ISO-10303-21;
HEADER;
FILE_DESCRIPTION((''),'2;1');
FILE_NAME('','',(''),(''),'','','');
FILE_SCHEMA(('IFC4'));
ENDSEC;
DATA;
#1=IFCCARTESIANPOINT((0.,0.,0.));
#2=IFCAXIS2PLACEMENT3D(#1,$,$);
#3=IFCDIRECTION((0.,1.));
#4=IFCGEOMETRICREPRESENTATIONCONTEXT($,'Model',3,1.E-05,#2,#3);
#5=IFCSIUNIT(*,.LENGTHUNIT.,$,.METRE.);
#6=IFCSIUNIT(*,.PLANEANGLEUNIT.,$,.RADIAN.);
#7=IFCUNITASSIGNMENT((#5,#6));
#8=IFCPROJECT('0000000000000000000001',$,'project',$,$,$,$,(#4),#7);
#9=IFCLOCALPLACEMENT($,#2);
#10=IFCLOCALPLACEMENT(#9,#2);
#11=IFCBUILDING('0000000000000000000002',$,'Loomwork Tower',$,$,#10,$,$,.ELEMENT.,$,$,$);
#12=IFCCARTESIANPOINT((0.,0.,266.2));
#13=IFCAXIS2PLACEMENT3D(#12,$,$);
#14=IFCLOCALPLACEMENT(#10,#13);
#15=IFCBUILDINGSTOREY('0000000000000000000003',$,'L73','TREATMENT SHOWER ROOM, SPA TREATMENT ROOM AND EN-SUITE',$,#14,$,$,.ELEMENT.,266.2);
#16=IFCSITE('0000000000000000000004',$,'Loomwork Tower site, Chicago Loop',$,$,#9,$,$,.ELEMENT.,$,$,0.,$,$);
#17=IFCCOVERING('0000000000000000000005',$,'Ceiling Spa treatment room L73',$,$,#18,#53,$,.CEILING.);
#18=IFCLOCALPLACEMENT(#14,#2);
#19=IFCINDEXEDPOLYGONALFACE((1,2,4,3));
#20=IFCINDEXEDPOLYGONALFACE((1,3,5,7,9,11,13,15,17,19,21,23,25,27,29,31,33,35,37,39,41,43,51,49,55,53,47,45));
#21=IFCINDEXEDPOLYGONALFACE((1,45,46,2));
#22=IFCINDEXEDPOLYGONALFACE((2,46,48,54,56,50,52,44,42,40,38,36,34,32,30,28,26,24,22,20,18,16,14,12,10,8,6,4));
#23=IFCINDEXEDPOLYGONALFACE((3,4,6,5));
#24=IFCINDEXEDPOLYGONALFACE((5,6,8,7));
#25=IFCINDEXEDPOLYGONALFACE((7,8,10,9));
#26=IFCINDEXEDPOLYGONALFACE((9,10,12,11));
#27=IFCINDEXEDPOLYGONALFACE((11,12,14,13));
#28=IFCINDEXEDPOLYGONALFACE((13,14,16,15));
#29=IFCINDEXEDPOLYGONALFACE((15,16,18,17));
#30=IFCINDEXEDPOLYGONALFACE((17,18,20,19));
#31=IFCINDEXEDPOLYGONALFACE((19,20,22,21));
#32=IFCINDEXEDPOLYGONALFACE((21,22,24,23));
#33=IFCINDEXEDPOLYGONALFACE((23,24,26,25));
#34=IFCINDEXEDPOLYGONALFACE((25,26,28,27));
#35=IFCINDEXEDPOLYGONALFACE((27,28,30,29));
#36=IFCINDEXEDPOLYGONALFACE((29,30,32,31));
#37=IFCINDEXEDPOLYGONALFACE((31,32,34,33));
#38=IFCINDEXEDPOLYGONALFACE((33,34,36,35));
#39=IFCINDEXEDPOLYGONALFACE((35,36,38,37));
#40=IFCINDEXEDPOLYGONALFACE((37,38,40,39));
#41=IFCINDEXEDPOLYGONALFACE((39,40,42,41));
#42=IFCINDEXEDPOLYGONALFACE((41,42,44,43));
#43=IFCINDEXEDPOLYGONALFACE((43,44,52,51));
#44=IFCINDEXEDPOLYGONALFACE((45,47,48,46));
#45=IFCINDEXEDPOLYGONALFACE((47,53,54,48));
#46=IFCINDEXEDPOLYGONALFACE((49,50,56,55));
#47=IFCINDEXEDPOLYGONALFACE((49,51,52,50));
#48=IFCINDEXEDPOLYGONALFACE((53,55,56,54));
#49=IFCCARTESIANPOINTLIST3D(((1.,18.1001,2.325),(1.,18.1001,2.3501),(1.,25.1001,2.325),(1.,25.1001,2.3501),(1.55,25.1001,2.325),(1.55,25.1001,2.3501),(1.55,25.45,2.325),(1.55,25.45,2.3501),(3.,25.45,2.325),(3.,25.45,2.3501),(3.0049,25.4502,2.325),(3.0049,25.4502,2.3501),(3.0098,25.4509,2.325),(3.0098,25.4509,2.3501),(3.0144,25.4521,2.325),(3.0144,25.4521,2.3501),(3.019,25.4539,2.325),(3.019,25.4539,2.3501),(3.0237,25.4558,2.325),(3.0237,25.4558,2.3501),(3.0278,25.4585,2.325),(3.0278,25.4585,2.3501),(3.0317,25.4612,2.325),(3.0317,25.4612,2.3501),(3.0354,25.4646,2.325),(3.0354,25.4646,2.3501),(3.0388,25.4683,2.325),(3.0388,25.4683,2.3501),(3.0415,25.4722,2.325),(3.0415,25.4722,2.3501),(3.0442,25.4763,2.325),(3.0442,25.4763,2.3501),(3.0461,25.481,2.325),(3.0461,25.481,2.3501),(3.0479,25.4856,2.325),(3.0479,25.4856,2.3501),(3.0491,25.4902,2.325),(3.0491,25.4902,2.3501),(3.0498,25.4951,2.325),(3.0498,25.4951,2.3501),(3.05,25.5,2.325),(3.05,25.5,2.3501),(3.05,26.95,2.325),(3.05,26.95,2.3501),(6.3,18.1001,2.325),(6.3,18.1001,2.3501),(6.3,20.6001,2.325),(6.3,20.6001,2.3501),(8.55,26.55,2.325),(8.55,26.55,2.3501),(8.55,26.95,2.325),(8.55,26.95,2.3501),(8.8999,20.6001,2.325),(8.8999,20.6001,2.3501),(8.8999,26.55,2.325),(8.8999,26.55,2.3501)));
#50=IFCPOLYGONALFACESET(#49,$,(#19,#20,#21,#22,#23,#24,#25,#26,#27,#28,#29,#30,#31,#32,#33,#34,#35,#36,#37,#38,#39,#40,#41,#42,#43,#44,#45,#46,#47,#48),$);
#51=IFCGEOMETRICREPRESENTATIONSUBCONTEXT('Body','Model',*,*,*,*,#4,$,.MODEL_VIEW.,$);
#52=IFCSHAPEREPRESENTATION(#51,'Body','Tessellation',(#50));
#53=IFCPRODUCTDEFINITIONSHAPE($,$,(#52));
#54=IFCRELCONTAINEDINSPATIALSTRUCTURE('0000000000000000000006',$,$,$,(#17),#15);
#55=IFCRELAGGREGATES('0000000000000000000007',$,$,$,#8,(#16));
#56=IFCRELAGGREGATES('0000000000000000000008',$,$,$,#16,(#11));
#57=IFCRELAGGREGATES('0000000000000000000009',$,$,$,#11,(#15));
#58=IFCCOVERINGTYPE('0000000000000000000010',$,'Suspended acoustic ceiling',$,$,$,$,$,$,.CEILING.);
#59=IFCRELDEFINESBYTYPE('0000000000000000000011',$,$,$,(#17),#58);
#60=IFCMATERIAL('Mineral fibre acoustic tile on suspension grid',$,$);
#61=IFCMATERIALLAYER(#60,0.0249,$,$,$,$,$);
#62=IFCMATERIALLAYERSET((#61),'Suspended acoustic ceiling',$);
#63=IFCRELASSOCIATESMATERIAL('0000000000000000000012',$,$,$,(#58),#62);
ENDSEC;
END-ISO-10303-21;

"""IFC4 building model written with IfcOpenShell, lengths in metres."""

from ifc_helpers import new_model, si_unit, direction, frame, origin, place, context, subcontext, project, spatial, polyline, outline, extrude, material, layer, layer_set, type_object, element, save


model = new_model("IFC4")

# Units and contexts
model_context = context("Model", 3, precision=1e-05, world=origin(), true_north=direction((0.0, 1.0)))
body_context = subcontext(model_context, "Body", "Model", "MODEL_VIEW")
ifc_project = project(units=[si_unit("LENGTHUNIT", "METRE"), si_unit("PLANEANGLEUNIT", "RADIAN")], contexts=[model_context])

# Site, building, storey
site_placement = place(None, origin())
site = spatial("IfcSite", under=ifc_project, at=site_placement, Name="Loomwork Tower site, Chicago Loop", CompositionType="ELEMENT", RefElevation=0.0)
building_placement = place(site_placement, origin())
building = spatial("IfcBuilding", under=site, at=building_placement, Name="Loomwork Tower", CompositionType="ELEMENT")
storey_placement = place(building_placement, frame((0.0, 0.0, 266.2)))
storey = spatial("IfcBuildingStorey", under=building, at=storey_placement, Name="L73", Description="TREATMENT SHOWER ROOM, SPA TREATMENT ROOM AND EN-SUITE", CompositionType="ELEMENT", Elevation=266.2)

# Covering
ifc_material_1 = material(Name="Mineral fibre acoustic tile on suspension grid")
ifc_layer_1 = layer(ifc_material_1, 0.0249)
ifc_layer_set_1 = layer_set([ifc_layer_1], Name="Suspended acoustic ceiling")
covering_type_1 = type_object("IfcCoveringType", Name="Suspended acoustic ceiling", PredefinedType="CEILING", material=ifc_layer_set_1)
covering_1_placement = place(storey_placement, frame((0.0, 0.0, 2.325)))
element("IfcCovering", 1, at=covering_1_placement, inside=storey, type_object=covering_type_1, Name="Ceiling Spa treatment room L73", PredefinedType="CEILING", context=body_context, shape_type="SweptSolid", body=[
    extrude(outline(polyline([(1.55, 25.1001), (1.55, 25.45), (3.0, 25.45), (3.0049, 25.4502), (3.0098, 25.4509), (3.0144, 25.4521), (3.019, 25.4539), (3.0237, 25.4558), (3.0278, 25.4585), (3.0317, 25.4612), (3.0354, 25.4646), (3.0388, 25.4683), (3.0415, 25.4722), (3.0442, 25.4763), (3.0461, 25.481), (3.0479, 25.4856), (3.0491, 25.4902), (3.0498, 25.4951), (3.05, 25.5), (3.05, 26.95), (8.55, 26.95), (8.55, 26.55), (8.8999, 26.55), (8.8999, 20.6001), (6.3, 20.6001), (6.3, 18.1001), (1.0, 18.1001), (1.0, 25.1001), (1.55, 25.1001)])), origin(), (0.0, 0.0, 1.0), 0.0251),
])

save(model, "model.ifc")
